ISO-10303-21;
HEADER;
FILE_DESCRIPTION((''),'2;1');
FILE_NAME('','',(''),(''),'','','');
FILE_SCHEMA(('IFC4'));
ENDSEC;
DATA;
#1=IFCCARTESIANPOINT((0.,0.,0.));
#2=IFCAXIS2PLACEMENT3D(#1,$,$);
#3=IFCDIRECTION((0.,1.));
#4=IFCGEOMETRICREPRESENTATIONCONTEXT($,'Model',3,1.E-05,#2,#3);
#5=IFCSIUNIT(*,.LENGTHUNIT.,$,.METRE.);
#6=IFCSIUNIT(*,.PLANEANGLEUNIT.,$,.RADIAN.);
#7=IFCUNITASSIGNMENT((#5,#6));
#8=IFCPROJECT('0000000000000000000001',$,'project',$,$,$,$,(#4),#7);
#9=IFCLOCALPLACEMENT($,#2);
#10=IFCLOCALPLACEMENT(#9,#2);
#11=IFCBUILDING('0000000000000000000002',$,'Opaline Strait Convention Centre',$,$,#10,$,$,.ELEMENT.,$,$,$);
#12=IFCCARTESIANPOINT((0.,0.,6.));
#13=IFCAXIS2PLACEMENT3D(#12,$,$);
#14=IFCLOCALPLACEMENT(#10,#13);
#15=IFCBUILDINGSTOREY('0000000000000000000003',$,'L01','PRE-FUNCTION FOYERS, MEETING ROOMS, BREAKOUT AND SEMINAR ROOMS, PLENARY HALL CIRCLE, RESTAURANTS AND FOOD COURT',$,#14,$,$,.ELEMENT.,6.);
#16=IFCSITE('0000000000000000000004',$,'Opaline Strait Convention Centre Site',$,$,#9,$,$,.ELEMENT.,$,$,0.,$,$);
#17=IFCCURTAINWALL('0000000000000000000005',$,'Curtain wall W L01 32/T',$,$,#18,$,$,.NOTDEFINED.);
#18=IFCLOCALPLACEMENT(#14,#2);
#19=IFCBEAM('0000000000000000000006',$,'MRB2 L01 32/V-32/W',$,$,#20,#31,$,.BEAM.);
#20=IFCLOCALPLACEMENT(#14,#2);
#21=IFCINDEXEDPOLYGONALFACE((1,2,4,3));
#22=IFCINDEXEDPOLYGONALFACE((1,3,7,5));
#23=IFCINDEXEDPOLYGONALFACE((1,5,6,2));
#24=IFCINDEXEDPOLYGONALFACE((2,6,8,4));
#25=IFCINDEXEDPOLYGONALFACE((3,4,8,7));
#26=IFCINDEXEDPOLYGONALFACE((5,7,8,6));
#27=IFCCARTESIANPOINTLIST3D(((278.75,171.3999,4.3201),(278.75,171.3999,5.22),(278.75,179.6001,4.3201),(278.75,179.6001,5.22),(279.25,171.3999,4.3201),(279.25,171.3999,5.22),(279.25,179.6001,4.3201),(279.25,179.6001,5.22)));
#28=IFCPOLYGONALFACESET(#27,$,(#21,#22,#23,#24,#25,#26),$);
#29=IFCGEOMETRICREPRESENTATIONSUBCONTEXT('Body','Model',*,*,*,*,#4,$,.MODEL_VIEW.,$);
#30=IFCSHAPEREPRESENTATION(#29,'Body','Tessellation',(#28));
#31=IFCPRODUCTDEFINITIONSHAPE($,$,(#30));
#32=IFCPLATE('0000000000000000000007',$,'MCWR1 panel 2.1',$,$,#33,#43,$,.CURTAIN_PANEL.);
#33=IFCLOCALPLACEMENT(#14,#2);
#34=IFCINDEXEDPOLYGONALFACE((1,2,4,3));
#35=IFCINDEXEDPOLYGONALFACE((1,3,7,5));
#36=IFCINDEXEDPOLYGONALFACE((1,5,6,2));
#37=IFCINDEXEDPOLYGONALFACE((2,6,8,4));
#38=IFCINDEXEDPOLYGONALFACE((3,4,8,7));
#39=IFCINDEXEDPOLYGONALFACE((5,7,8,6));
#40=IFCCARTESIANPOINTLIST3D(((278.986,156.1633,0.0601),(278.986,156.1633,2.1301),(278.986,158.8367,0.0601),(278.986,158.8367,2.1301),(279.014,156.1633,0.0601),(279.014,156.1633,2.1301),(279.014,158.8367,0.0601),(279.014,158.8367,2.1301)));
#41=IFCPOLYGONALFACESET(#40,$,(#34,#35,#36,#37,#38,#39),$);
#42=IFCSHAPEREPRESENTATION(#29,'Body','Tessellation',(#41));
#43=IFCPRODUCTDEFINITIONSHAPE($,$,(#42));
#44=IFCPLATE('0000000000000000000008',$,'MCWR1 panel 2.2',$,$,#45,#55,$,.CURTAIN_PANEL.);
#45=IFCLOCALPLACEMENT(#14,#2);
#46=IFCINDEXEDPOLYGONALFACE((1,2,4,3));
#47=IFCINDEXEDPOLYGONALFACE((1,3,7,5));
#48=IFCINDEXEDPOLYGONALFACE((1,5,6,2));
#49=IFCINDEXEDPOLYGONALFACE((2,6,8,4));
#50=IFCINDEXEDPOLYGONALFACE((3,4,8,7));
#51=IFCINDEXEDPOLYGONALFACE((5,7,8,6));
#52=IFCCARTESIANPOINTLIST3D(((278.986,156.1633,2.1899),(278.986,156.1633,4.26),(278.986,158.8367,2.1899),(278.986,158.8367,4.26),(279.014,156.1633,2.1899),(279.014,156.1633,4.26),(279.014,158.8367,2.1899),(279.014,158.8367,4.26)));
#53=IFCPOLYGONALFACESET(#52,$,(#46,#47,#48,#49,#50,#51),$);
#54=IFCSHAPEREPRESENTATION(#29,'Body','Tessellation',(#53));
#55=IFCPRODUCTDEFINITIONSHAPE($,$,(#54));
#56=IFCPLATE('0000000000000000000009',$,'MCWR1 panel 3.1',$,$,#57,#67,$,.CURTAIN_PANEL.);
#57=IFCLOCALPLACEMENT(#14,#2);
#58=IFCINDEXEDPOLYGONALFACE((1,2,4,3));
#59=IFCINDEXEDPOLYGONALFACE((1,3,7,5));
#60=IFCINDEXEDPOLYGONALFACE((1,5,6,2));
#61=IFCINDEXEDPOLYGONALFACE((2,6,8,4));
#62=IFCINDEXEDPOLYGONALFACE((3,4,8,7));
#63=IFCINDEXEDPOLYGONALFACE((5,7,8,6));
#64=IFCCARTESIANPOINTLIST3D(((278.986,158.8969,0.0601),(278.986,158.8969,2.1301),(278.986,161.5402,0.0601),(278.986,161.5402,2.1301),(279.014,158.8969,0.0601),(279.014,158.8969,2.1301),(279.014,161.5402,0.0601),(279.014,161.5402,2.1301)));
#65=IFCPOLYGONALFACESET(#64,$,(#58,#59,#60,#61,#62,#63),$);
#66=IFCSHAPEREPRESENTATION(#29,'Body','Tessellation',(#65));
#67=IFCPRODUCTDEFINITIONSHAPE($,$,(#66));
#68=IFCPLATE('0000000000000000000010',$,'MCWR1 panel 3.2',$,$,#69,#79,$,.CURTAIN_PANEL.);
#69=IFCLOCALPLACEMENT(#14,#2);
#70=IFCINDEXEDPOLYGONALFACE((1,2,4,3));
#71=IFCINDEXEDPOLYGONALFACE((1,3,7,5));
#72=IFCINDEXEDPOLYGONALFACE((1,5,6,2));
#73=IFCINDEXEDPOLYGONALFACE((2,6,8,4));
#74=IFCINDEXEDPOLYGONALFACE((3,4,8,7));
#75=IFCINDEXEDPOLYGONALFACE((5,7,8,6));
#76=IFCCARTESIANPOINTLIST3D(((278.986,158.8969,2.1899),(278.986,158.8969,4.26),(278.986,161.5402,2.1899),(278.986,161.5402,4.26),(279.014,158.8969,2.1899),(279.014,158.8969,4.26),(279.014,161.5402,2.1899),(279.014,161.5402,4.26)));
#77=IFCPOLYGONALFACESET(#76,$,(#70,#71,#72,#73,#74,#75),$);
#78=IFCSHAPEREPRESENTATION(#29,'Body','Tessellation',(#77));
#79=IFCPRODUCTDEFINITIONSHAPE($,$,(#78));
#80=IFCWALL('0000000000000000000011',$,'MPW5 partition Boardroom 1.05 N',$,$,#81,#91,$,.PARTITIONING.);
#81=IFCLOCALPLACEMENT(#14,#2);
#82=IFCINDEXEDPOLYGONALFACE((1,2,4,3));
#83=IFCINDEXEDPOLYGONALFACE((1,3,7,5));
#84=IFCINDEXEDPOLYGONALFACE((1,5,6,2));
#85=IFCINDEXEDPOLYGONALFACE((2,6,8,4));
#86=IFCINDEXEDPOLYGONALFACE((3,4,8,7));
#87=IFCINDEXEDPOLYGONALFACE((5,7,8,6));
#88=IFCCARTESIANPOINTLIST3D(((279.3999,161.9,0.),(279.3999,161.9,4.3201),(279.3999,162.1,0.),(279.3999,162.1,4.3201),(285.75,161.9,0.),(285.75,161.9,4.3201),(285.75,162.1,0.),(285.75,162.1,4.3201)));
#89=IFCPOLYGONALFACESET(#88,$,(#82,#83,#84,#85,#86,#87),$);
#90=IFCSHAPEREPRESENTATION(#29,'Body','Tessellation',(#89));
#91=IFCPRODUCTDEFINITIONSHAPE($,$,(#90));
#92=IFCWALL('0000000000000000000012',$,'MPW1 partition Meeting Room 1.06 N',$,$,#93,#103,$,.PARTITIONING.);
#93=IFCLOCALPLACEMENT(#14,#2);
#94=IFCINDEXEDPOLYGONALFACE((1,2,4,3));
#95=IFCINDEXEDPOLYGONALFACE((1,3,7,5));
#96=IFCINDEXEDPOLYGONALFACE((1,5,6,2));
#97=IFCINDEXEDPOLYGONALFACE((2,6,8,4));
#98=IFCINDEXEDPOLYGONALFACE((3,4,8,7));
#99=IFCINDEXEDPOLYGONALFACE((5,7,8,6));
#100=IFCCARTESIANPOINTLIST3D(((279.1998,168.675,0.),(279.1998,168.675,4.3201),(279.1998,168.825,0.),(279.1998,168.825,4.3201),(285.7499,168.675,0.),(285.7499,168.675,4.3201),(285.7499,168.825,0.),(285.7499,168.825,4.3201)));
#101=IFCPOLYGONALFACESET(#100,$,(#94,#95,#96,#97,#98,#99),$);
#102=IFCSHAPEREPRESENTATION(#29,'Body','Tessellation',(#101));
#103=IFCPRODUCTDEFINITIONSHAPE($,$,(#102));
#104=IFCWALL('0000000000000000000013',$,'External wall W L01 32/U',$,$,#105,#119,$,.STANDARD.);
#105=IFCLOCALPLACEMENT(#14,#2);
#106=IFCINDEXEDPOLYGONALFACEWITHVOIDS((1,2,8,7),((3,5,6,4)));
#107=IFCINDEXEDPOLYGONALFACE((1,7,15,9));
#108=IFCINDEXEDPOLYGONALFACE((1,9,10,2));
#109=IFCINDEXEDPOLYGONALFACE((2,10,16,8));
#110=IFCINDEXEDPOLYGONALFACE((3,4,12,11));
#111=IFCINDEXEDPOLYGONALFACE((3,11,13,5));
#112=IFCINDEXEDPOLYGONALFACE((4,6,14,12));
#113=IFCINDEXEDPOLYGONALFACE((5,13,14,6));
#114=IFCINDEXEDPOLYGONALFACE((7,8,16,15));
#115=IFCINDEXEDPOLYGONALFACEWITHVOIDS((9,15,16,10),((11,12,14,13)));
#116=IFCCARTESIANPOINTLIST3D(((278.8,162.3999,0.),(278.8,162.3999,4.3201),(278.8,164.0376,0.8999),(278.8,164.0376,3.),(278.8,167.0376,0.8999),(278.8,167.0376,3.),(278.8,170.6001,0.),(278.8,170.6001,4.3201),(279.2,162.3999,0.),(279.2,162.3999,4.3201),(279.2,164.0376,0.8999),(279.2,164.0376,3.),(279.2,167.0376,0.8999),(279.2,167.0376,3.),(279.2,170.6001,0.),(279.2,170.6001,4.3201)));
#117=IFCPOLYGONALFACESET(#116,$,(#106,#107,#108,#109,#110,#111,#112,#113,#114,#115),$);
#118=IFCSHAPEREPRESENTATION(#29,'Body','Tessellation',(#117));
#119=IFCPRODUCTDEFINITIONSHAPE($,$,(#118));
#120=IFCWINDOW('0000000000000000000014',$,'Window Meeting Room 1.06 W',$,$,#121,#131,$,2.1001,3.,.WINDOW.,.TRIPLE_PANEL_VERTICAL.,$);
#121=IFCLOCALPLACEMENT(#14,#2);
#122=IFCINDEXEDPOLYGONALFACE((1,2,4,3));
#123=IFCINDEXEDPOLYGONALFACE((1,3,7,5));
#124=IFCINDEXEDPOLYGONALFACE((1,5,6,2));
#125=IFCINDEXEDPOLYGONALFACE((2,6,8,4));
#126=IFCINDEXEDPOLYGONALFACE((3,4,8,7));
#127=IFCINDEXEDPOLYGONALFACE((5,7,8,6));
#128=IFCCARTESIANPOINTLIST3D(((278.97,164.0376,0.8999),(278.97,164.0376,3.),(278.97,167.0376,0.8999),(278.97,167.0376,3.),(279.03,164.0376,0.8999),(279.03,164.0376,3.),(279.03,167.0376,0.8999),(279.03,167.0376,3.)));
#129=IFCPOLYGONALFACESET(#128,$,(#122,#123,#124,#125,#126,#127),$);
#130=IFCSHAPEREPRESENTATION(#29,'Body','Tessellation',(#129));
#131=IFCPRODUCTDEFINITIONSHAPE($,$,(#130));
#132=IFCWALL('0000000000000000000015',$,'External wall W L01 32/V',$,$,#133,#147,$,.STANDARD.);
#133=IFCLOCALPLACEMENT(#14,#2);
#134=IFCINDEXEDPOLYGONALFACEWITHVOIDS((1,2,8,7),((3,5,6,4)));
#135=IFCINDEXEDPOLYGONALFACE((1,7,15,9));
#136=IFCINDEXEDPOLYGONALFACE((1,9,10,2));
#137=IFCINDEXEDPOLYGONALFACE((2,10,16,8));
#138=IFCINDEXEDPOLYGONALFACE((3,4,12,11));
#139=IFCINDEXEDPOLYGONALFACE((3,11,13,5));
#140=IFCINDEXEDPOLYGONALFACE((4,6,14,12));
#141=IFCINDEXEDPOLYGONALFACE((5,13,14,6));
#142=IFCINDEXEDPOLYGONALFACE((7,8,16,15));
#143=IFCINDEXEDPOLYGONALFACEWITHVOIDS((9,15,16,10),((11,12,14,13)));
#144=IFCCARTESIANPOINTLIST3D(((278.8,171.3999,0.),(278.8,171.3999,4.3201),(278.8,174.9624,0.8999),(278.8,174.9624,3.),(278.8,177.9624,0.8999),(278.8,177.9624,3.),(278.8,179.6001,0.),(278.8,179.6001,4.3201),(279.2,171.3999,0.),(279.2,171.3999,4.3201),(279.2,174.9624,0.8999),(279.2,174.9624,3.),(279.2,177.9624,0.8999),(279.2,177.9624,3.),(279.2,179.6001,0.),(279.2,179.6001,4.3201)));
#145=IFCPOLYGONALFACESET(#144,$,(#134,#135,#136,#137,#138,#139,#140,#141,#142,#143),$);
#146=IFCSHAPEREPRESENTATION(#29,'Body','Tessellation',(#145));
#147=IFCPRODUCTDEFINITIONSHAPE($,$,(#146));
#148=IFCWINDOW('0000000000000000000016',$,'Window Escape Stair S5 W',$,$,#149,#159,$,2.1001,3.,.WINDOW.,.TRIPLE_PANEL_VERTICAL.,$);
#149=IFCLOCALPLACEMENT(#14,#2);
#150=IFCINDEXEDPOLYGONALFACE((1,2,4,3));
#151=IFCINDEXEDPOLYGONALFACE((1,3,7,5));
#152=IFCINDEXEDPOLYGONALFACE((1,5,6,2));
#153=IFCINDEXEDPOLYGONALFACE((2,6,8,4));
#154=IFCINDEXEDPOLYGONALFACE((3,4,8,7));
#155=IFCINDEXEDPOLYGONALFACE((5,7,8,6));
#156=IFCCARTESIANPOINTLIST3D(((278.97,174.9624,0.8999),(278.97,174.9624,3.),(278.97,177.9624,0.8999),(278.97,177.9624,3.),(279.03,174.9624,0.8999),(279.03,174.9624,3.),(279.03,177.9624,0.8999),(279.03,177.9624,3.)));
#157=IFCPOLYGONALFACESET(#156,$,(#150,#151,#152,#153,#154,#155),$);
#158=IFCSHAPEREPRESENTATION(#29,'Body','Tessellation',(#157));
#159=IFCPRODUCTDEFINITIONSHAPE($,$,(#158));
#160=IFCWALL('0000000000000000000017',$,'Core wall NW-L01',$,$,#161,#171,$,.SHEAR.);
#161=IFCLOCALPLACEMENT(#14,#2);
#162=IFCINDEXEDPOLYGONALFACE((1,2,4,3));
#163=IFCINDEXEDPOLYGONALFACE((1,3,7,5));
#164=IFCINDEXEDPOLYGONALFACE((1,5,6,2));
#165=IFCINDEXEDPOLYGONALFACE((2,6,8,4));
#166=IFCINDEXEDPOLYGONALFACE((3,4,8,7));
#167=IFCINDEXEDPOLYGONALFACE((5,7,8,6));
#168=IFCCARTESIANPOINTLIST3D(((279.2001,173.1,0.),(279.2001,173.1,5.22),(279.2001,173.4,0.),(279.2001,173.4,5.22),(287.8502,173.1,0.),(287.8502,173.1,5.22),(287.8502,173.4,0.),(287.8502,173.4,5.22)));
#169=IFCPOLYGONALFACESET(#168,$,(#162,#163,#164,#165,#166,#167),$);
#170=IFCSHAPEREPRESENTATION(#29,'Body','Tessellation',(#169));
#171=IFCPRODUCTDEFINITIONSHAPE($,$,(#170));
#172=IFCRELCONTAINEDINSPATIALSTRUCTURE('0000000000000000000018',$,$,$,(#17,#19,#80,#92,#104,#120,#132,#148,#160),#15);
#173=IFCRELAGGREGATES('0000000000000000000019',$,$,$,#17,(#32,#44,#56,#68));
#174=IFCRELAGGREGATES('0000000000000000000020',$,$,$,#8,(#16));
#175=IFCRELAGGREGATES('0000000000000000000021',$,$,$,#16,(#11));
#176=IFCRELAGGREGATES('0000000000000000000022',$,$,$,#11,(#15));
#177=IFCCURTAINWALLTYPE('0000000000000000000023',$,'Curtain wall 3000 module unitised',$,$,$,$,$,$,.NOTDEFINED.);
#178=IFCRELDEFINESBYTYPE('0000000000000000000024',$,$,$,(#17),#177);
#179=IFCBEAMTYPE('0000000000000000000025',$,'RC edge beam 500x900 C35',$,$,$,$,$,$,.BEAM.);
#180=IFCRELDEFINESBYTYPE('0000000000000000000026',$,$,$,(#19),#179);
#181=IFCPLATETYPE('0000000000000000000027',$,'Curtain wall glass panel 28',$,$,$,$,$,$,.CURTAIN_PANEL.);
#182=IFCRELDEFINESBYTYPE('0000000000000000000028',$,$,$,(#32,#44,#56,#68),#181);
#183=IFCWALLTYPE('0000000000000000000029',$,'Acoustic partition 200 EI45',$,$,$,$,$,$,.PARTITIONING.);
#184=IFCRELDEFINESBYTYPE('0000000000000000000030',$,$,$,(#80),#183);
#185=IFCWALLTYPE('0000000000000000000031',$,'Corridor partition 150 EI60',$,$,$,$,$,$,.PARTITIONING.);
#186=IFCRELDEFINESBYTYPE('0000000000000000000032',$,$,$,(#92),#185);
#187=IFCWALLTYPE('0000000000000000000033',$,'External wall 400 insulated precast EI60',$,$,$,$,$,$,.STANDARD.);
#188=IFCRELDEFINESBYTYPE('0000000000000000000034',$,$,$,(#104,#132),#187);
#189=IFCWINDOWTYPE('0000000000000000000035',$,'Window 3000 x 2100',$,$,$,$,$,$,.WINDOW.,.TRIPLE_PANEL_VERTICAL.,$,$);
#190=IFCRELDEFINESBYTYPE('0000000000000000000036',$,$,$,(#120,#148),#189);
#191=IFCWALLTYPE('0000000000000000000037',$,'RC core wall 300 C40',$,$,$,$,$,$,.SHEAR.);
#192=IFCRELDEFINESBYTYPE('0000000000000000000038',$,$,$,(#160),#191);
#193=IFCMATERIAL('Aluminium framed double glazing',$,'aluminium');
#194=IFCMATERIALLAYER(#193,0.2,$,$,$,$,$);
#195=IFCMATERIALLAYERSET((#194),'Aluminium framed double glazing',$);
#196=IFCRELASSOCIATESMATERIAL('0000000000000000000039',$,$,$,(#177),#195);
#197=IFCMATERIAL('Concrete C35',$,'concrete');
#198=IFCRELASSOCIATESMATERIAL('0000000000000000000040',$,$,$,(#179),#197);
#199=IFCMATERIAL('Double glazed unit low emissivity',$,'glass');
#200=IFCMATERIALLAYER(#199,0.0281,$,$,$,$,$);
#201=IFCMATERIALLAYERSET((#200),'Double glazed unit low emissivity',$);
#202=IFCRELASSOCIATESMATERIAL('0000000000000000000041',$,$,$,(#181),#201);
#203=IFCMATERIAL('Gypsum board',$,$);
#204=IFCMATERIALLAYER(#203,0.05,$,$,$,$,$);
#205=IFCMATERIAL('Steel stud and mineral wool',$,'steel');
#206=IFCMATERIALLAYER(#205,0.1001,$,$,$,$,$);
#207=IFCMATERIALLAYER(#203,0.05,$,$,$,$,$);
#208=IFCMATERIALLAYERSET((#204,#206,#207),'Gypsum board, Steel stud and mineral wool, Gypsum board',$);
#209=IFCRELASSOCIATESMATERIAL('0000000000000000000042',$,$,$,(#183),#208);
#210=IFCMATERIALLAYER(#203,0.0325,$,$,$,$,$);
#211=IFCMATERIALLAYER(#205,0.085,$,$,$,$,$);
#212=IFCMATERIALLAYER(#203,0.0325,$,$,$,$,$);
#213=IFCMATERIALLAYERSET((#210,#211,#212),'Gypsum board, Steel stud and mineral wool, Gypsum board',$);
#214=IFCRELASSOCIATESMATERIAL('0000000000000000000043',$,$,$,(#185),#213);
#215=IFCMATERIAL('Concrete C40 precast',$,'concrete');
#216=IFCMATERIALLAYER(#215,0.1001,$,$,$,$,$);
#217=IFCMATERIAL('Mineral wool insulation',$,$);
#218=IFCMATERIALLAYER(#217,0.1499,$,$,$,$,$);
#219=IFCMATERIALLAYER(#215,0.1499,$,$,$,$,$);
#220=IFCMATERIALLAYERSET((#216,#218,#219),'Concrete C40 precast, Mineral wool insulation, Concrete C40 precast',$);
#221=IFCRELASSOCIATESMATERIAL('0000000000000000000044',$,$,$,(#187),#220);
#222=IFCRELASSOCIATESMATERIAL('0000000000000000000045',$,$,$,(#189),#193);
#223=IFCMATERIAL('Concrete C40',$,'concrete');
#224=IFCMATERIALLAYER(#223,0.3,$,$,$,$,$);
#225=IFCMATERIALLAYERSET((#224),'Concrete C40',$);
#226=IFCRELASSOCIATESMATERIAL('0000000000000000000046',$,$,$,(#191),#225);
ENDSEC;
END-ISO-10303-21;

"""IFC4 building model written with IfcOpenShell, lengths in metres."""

from ifc_helpers import new_model, si_unit, direction, frame, frame_2d, origin, origin_2d, place, context, subcontext, project, spatial, rectangle, extrude, material, layer, layer_set, material_profile, profile_set, type_object, element, fill, aggregate, save


model = new_model("IFC4")

# Units and contexts
model_context = context("Model", 3, precision=1e-05, world=origin(), true_north=direction((0.0, 1.0)))
body_context = subcontext(model_context, "Body", "Model", "MODEL_VIEW")
ifc_project = project(units=[si_unit("LENGTHUNIT", "METRE"), si_unit("PLANEANGLEUNIT", "RADIAN")], contexts=[model_context])

# Site, building, storey
site_placement = place(None, origin())
site = spatial("IfcSite", under=ifc_project, at=site_placement, Name="Opaline Strait Convention Centre Site", CompositionType="ELEMENT", RefElevation=0.0)
building_placement = place(site_placement, origin())
building = spatial("IfcBuilding", under=site, at=building_placement, Name="Opaline Strait Convention Centre", CompositionType="ELEMENT")
storey_placement = place(building_placement, frame((0.0, 0.0, 6.0)))
storey = spatial("IfcBuildingStorey", under=building, at=storey_placement, Name="L01", Description="PRE-FUNCTION FOYERS, MEETING ROOMS, BREAKOUT AND SEMINAR ROOMS, PLENARY HALL CIRCLE, RESTAURANTS AND FOOD COURT", CompositionType="ELEMENT", Elevation=6.0)

# Shared definitions
ifc_material_1 = material(Name="Concrete C40", Category="concrete")

# Curtain wall
ifc_material_2 = material(Name="Aluminium framed double glazing", Category="aluminium")
ifc_layer_1 = layer(ifc_material_2, 0.2)
ifc_layer_set_1 = layer_set([ifc_layer_1], Name="Aluminium framed double glazing")
curtain_wall_type = type_object("IfcCurtainWallType", Name="Curtain wall 3000 module unitised", PredefinedType="NOTDEFINED", material=ifc_layer_set_1)
curtain_wall_placement = place(storey_placement, origin())
curtain_wall = element("IfcCurtainWall", 1, at=curtain_wall_placement, inside=storey, type_object=curtain_wall_type, Name="Curtain wall W L01 32/T", PredefinedType="NOTDEFINED")

# Beam
ifc_material_3 = material(Name="Concrete C35", Category="concrete")
ifc_material_profile_1 = material_profile(ifc_material_3, rectangle(XDim=0.5, YDim=0.8999, at=origin_2d()), Name="RC 500x900")
ifc_profile_set_1 = profile_set([ifc_material_profile_1], Name="Concrete C35")
beam_type_1 = type_object("IfcBeamType", Name="RC edge beam 500x900 C35", PredefinedType="BEAM", material=ifc_profile_set_1)
for number, where, z_axis, x_axis, name in (
    (2, (279.0, 171.3999, 4.77), (0.0, 1.0, 0.0), (-1.0, 0.0, 0.0), "MRB2 L01 32/V-32/W"),
):
    element("IfcBeam", number, at=place(storey_placement, frame(where, z_axis=z_axis, x_axis=x_axis)), inside=storey, type_object=beam_type_1, Name=name, PredefinedType="BEAM", context=body_context, shape_type="SweptSolid", body=[
        extrude(rectangle(XDim=0.5, YDim=0.8999, at=origin_2d()), origin(), (0.0, 0.0, 1.0), 8.2002),
    ])

# Plates
ifc_material_4 = material(Name="Double glazed unit low emissivity", Category="glass")
ifc_layer_2 = layer(ifc_material_4, 0.0281)
ifc_layer_set_2 = layer_set([ifc_layer_2], Name="Double glazed unit low emissivity")
plate_type = type_object("IfcPlateType", Name="Curtain wall glass panel 28", PredefinedType="CURTAIN_PANEL", material=ifc_layer_set_2)
plate_1_placement = place(storey_placement, frame((279.0, 157.5, 0.0601), z_axis=(0.0, 0.0, 1.0), x_axis=(0.0, 1.0, 0.0)))
plate_1 = element("IfcPlate", 3, at=plate_1_placement, type_object=plate_type, Name="MCWR1 panel 2.1", PredefinedType="CURTAIN_PANEL", context=body_context, shape_type="SweptSolid", body=[
    extrude(rectangle(XDim=2.6733, YDim=0.0281, at=origin_2d()), origin(), (0.0, 0.0, 1.0), 2.0701),
])
plate_2_placement = place(storey_placement, frame((279.0, 157.5, 2.1899), z_axis=(0.0, 0.0, 1.0), x_axis=(0.0, 1.0, 0.0)))
plate_2 = element("IfcPlate", 4, at=plate_2_placement, type_object=plate_type, Name="MCWR1 panel 2.2", PredefinedType="CURTAIN_PANEL", context=body_context, shape_type="SweptSolid", body=[
    extrude(rectangle(XDim=2.6733, YDim=0.0281, at=origin_2d()), origin(), (0.0, 0.0, 1.0), 2.0701),
])
plate_3_placement = place(storey_placement, frame((279.0, 160.2185, 0.0601), z_axis=(0.0, 0.0, 1.0), x_axis=(0.0, 1.0, 0.0)))
plate_3 = element("IfcPlate", 5, at=plate_3_placement, type_object=plate_type, Name="MCWR1 panel 3.1", PredefinedType="CURTAIN_PANEL", context=body_context, shape_type="SweptSolid", body=[
    extrude(rectangle(XDim=2.6433, YDim=0.0281, at=origin_2d()), origin(), (0.0, 0.0, 1.0), 2.0701),
])
plate_4_placement = place(storey_placement, frame((279.0, 160.2185, 2.1899), z_axis=(0.0, 0.0, 1.0), x_axis=(0.0, 1.0, 0.0)))
plate_4 = element("IfcPlate", 6, at=plate_4_placement, type_object=plate_type, Name="MCWR1 panel 3.2", PredefinedType="CURTAIN_PANEL", context=body_context, shape_type="SweptSolid", body=[
    extrude(rectangle(XDim=2.6433, YDim=0.0281, at=origin_2d()), origin(), (0.0, 0.0, 1.0), 2.0701),
])
aggregate(curtain_wall, [plate_1, plate_2, plate_3, plate_4])

# Walls
ifc_material_5 = material(Name="Gypsum board")
ifc_layer_3 = layer(ifc_material_5, 0.05)
ifc_material_6 = material(Name="Steel stud and mineral wool", Category="steel")
ifc_layer_4 = layer(ifc_material_6, 0.1001)
ifc_layer_5 = layer(ifc_material_5, 0.05)
ifc_layer_set_3 = layer_set([ifc_layer_3, ifc_layer_4, ifc_layer_5], Name="Gypsum board, Steel stud and mineral wool, Gypsum board")
wall_type_1 = type_object("IfcWallType", Name="Acoustic partition 200 EI45", PredefinedType="PARTITIONING", material=ifc_layer_set_3)
wall_1_placement = place(storey_placement, frame((279.3999, 162.0, 0.0), z_axis=(0.0, 0.0, 1.0), x_axis=(1.0, 0.0, 0.0)))
element("IfcWall", 7, at=wall_1_placement, inside=storey, type_object=wall_type_1, Name="MPW5 partition Boardroom 1.05 N", PredefinedType="PARTITIONING", context=body_context, shape_type="SweptSolid", body=[
    extrude(rectangle(XDim=6.3501, YDim=0.2, at=frame_2d((3.175, 0.0))), origin(), (0.0, 0.0, 1.0), 4.3201),
])
ifc_layer_6 = layer(ifc_material_5, 0.0325)
ifc_layer_7 = layer(ifc_material_6, 0.085)
ifc_layer_8 = layer(ifc_material_5, 0.0325)
ifc_layer_set_4 = layer_set([ifc_layer_6, ifc_layer_7, ifc_layer_8], Name="Gypsum board, Steel stud and mineral wool, Gypsum board")
wall_type_2 = type_object("IfcWallType", Name="Corridor partition 150 EI60", PredefinedType="PARTITIONING", material=ifc_layer_set_4)
wall_2_placement = place(storey_placement, frame((279.2, 168.75, 0.0), z_axis=(0.0, 0.0, 1.0), x_axis=(1.0, 0.0, 0.0)))
element("IfcWall", 8, at=wall_2_placement, inside=storey, type_object=wall_type_2, Name="MPW1 partition Meeting Room 1.06 N", PredefinedType="PARTITIONING", context=body_context, shape_type="SweptSolid", body=[
    extrude(rectangle(XDim=6.55, YDim=0.1499, at=frame_2d((3.2749, 0.0))), origin(), (0.0, 0.0, 1.0), 4.3201),
])

# Walls, openings, windows
ifc_material_7 = material(Name="Concrete C40 precast", Category="concrete")
ifc_layer_9 = layer(ifc_material_7, 0.1001)
ifc_material_8 = material(Name="Mineral wool insulation")
ifc_layer_10 = layer(ifc_material_8, 0.1499)
ifc_layer_11 = layer(ifc_material_7, 0.1499)
ifc_layer_set_5 = layer_set([ifc_layer_9, ifc_layer_10, ifc_layer_11], Name="Concrete C40 precast, Mineral wool insulation, Concrete C40 precast")
wall_type_3 = type_object("IfcWallType", Name="External wall 400 insulated precast EI60", PredefinedType="STANDARD", material=ifc_layer_set_5)
wall_3_placement = place(storey_placement, frame((279.0, 162.3999, 0.0), z_axis=(0.0, 0.0, 1.0), x_axis=(0.0, 1.0, 0.0)))
wall_3 = element("IfcWall", 9, at=wall_3_placement, inside=storey, type_object=wall_type_3, Name="External wall W L01 32/U", PredefinedType="STANDARD", context=body_context, shape_type="SweptSolid", body=[
    extrude(rectangle(XDim=8.2002, YDim=0.3999, at=frame_2d((4.1001, 0.0))), origin(), (0.0, 0.0, 1.0), 4.3201),
])
opening_1_placement = place(wall_3_placement, frame((1.6377, 0.0, 0.8999)))
opening_1 = element("IfcOpeningElement", 10, at=opening_1_placement, cuts=wall_3, PredefinedType="OPENING", context=body_context, shape_type="SweptSolid", body=[
    extrude(rectangle(XDim=3.0, YDim=2.1001, at=frame_2d((1.5, 1.05))), frame((0.0, 0.21, 0.0), z_axis=(0.0, -1.0, 0.0), x_axis=(1.0, 0.0, 0.0)), (0.0, 0.0, 1.0), 0.4199),
])
window_type = type_object("IfcWindowType", Name="Window 3000 x 2100", PartitioningType="TRIPLE_PANEL_VERTICAL", PredefinedType="WINDOW", material=ifc_material_2)
window_1_placement = place(opening_1_placement, origin())
window_1 = element("IfcWindow", 11, at=window_1_placement, inside=storey, type_object=window_type, Name="Window Meeting Room 1.06 W", OverallHeight=2.1001, OverallWidth=3.0, PartitioningType="TRIPLE_PANEL_VERTICAL", PredefinedType="WINDOW", context=body_context, shape_type="SweptSolid", body=[
    extrude(rectangle(XDim=3.0, YDim=2.1001, at=frame_2d((1.5, 1.05))), frame((0.0, 0.03, 0.0), z_axis=(0.0, -1.0, 0.0), x_axis=(1.0, 0.0, 0.0)), (0.0, 0.0, 1.0), 0.0601),
])
fill(opening_1, window_1)
wall_4_placement = place(storey_placement, frame((279.0, 171.3999, 0.0), z_axis=(0.0, 0.0, 1.0), x_axis=(0.0, 1.0, 0.0)))
wall_4 = element("IfcWall", 12, at=wall_4_placement, inside=storey, type_object=wall_type_3, Name="External wall W L01 32/V", PredefinedType="STANDARD", context=body_context, shape_type="SweptSolid", body=[
    extrude(rectangle(XDim=8.2002, YDim=0.3999, at=frame_2d((4.1001, 0.0))), origin(), (0.0, 0.0, 1.0), 4.3201),
])
opening_2_placement = place(wall_4_placement, frame((3.5625, 0.0, 0.8999)))
opening_2 = element("IfcOpeningElement", 13, at=opening_2_placement, cuts=wall_4, PredefinedType="OPENING", context=body_context, shape_type="SweptSolid", body=[
    extrude(rectangle(XDim=3.0, YDim=2.1001, at=frame_2d((1.5, 1.05))), frame((0.0, 0.21, 0.0), z_axis=(0.0, -1.0, 0.0), x_axis=(1.0, 0.0, 0.0)), (0.0, 0.0, 1.0), 0.4199),
])
window_2_placement = place(opening_2_placement, origin())
window_2 = element("IfcWindow", 14, at=window_2_placement, inside=storey, type_object=window_type, Name="Window Escape Stair S5 W", OverallHeight=2.1001, OverallWidth=3.0, PartitioningType="TRIPLE_PANEL_VERTICAL", PredefinedType="WINDOW", context=body_context, shape_type="SweptSolid", body=[
    extrude(rectangle(XDim=3.0, YDim=2.1001, at=frame_2d((1.5, 1.05))), frame((0.0, 0.03, 0.0), z_axis=(0.0, -1.0, 0.0), x_axis=(1.0, 0.0, 0.0)), (0.0, 0.0, 1.0), 0.0601),
])
fill(opening_2, window_2)

# Wall
ifc_layer_12 = layer(ifc_material_1, 0.3)
ifc_layer_set_6 = layer_set([ifc_layer_12], Name="Concrete C40")
wall_type_4 = type_object("IfcWallType", Name="RC core wall 300 C40", PredefinedType="SHEAR", material=ifc_layer_set_6)
wall_5_placement = place(storey_placement, frame((279.2, 173.25, 0.0), z_axis=(0.0, 0.0, 1.0), x_axis=(1.0, 0.0, 0.0)))
element("IfcWall", 15, at=wall_5_placement, inside=storey, type_object=wall_type_4, Name="Core wall NW-L01", PredefinedType="SHEAR", context=body_context, shape_type="SweptSolid", body=[
    extrude(rectangle(XDim=8.6501, YDim=0.3, at=frame_2d((4.3252, 0.0))), origin(), (0.0, 0.0, 1.0), 5.22),
])

save(model, "model.ifc")
